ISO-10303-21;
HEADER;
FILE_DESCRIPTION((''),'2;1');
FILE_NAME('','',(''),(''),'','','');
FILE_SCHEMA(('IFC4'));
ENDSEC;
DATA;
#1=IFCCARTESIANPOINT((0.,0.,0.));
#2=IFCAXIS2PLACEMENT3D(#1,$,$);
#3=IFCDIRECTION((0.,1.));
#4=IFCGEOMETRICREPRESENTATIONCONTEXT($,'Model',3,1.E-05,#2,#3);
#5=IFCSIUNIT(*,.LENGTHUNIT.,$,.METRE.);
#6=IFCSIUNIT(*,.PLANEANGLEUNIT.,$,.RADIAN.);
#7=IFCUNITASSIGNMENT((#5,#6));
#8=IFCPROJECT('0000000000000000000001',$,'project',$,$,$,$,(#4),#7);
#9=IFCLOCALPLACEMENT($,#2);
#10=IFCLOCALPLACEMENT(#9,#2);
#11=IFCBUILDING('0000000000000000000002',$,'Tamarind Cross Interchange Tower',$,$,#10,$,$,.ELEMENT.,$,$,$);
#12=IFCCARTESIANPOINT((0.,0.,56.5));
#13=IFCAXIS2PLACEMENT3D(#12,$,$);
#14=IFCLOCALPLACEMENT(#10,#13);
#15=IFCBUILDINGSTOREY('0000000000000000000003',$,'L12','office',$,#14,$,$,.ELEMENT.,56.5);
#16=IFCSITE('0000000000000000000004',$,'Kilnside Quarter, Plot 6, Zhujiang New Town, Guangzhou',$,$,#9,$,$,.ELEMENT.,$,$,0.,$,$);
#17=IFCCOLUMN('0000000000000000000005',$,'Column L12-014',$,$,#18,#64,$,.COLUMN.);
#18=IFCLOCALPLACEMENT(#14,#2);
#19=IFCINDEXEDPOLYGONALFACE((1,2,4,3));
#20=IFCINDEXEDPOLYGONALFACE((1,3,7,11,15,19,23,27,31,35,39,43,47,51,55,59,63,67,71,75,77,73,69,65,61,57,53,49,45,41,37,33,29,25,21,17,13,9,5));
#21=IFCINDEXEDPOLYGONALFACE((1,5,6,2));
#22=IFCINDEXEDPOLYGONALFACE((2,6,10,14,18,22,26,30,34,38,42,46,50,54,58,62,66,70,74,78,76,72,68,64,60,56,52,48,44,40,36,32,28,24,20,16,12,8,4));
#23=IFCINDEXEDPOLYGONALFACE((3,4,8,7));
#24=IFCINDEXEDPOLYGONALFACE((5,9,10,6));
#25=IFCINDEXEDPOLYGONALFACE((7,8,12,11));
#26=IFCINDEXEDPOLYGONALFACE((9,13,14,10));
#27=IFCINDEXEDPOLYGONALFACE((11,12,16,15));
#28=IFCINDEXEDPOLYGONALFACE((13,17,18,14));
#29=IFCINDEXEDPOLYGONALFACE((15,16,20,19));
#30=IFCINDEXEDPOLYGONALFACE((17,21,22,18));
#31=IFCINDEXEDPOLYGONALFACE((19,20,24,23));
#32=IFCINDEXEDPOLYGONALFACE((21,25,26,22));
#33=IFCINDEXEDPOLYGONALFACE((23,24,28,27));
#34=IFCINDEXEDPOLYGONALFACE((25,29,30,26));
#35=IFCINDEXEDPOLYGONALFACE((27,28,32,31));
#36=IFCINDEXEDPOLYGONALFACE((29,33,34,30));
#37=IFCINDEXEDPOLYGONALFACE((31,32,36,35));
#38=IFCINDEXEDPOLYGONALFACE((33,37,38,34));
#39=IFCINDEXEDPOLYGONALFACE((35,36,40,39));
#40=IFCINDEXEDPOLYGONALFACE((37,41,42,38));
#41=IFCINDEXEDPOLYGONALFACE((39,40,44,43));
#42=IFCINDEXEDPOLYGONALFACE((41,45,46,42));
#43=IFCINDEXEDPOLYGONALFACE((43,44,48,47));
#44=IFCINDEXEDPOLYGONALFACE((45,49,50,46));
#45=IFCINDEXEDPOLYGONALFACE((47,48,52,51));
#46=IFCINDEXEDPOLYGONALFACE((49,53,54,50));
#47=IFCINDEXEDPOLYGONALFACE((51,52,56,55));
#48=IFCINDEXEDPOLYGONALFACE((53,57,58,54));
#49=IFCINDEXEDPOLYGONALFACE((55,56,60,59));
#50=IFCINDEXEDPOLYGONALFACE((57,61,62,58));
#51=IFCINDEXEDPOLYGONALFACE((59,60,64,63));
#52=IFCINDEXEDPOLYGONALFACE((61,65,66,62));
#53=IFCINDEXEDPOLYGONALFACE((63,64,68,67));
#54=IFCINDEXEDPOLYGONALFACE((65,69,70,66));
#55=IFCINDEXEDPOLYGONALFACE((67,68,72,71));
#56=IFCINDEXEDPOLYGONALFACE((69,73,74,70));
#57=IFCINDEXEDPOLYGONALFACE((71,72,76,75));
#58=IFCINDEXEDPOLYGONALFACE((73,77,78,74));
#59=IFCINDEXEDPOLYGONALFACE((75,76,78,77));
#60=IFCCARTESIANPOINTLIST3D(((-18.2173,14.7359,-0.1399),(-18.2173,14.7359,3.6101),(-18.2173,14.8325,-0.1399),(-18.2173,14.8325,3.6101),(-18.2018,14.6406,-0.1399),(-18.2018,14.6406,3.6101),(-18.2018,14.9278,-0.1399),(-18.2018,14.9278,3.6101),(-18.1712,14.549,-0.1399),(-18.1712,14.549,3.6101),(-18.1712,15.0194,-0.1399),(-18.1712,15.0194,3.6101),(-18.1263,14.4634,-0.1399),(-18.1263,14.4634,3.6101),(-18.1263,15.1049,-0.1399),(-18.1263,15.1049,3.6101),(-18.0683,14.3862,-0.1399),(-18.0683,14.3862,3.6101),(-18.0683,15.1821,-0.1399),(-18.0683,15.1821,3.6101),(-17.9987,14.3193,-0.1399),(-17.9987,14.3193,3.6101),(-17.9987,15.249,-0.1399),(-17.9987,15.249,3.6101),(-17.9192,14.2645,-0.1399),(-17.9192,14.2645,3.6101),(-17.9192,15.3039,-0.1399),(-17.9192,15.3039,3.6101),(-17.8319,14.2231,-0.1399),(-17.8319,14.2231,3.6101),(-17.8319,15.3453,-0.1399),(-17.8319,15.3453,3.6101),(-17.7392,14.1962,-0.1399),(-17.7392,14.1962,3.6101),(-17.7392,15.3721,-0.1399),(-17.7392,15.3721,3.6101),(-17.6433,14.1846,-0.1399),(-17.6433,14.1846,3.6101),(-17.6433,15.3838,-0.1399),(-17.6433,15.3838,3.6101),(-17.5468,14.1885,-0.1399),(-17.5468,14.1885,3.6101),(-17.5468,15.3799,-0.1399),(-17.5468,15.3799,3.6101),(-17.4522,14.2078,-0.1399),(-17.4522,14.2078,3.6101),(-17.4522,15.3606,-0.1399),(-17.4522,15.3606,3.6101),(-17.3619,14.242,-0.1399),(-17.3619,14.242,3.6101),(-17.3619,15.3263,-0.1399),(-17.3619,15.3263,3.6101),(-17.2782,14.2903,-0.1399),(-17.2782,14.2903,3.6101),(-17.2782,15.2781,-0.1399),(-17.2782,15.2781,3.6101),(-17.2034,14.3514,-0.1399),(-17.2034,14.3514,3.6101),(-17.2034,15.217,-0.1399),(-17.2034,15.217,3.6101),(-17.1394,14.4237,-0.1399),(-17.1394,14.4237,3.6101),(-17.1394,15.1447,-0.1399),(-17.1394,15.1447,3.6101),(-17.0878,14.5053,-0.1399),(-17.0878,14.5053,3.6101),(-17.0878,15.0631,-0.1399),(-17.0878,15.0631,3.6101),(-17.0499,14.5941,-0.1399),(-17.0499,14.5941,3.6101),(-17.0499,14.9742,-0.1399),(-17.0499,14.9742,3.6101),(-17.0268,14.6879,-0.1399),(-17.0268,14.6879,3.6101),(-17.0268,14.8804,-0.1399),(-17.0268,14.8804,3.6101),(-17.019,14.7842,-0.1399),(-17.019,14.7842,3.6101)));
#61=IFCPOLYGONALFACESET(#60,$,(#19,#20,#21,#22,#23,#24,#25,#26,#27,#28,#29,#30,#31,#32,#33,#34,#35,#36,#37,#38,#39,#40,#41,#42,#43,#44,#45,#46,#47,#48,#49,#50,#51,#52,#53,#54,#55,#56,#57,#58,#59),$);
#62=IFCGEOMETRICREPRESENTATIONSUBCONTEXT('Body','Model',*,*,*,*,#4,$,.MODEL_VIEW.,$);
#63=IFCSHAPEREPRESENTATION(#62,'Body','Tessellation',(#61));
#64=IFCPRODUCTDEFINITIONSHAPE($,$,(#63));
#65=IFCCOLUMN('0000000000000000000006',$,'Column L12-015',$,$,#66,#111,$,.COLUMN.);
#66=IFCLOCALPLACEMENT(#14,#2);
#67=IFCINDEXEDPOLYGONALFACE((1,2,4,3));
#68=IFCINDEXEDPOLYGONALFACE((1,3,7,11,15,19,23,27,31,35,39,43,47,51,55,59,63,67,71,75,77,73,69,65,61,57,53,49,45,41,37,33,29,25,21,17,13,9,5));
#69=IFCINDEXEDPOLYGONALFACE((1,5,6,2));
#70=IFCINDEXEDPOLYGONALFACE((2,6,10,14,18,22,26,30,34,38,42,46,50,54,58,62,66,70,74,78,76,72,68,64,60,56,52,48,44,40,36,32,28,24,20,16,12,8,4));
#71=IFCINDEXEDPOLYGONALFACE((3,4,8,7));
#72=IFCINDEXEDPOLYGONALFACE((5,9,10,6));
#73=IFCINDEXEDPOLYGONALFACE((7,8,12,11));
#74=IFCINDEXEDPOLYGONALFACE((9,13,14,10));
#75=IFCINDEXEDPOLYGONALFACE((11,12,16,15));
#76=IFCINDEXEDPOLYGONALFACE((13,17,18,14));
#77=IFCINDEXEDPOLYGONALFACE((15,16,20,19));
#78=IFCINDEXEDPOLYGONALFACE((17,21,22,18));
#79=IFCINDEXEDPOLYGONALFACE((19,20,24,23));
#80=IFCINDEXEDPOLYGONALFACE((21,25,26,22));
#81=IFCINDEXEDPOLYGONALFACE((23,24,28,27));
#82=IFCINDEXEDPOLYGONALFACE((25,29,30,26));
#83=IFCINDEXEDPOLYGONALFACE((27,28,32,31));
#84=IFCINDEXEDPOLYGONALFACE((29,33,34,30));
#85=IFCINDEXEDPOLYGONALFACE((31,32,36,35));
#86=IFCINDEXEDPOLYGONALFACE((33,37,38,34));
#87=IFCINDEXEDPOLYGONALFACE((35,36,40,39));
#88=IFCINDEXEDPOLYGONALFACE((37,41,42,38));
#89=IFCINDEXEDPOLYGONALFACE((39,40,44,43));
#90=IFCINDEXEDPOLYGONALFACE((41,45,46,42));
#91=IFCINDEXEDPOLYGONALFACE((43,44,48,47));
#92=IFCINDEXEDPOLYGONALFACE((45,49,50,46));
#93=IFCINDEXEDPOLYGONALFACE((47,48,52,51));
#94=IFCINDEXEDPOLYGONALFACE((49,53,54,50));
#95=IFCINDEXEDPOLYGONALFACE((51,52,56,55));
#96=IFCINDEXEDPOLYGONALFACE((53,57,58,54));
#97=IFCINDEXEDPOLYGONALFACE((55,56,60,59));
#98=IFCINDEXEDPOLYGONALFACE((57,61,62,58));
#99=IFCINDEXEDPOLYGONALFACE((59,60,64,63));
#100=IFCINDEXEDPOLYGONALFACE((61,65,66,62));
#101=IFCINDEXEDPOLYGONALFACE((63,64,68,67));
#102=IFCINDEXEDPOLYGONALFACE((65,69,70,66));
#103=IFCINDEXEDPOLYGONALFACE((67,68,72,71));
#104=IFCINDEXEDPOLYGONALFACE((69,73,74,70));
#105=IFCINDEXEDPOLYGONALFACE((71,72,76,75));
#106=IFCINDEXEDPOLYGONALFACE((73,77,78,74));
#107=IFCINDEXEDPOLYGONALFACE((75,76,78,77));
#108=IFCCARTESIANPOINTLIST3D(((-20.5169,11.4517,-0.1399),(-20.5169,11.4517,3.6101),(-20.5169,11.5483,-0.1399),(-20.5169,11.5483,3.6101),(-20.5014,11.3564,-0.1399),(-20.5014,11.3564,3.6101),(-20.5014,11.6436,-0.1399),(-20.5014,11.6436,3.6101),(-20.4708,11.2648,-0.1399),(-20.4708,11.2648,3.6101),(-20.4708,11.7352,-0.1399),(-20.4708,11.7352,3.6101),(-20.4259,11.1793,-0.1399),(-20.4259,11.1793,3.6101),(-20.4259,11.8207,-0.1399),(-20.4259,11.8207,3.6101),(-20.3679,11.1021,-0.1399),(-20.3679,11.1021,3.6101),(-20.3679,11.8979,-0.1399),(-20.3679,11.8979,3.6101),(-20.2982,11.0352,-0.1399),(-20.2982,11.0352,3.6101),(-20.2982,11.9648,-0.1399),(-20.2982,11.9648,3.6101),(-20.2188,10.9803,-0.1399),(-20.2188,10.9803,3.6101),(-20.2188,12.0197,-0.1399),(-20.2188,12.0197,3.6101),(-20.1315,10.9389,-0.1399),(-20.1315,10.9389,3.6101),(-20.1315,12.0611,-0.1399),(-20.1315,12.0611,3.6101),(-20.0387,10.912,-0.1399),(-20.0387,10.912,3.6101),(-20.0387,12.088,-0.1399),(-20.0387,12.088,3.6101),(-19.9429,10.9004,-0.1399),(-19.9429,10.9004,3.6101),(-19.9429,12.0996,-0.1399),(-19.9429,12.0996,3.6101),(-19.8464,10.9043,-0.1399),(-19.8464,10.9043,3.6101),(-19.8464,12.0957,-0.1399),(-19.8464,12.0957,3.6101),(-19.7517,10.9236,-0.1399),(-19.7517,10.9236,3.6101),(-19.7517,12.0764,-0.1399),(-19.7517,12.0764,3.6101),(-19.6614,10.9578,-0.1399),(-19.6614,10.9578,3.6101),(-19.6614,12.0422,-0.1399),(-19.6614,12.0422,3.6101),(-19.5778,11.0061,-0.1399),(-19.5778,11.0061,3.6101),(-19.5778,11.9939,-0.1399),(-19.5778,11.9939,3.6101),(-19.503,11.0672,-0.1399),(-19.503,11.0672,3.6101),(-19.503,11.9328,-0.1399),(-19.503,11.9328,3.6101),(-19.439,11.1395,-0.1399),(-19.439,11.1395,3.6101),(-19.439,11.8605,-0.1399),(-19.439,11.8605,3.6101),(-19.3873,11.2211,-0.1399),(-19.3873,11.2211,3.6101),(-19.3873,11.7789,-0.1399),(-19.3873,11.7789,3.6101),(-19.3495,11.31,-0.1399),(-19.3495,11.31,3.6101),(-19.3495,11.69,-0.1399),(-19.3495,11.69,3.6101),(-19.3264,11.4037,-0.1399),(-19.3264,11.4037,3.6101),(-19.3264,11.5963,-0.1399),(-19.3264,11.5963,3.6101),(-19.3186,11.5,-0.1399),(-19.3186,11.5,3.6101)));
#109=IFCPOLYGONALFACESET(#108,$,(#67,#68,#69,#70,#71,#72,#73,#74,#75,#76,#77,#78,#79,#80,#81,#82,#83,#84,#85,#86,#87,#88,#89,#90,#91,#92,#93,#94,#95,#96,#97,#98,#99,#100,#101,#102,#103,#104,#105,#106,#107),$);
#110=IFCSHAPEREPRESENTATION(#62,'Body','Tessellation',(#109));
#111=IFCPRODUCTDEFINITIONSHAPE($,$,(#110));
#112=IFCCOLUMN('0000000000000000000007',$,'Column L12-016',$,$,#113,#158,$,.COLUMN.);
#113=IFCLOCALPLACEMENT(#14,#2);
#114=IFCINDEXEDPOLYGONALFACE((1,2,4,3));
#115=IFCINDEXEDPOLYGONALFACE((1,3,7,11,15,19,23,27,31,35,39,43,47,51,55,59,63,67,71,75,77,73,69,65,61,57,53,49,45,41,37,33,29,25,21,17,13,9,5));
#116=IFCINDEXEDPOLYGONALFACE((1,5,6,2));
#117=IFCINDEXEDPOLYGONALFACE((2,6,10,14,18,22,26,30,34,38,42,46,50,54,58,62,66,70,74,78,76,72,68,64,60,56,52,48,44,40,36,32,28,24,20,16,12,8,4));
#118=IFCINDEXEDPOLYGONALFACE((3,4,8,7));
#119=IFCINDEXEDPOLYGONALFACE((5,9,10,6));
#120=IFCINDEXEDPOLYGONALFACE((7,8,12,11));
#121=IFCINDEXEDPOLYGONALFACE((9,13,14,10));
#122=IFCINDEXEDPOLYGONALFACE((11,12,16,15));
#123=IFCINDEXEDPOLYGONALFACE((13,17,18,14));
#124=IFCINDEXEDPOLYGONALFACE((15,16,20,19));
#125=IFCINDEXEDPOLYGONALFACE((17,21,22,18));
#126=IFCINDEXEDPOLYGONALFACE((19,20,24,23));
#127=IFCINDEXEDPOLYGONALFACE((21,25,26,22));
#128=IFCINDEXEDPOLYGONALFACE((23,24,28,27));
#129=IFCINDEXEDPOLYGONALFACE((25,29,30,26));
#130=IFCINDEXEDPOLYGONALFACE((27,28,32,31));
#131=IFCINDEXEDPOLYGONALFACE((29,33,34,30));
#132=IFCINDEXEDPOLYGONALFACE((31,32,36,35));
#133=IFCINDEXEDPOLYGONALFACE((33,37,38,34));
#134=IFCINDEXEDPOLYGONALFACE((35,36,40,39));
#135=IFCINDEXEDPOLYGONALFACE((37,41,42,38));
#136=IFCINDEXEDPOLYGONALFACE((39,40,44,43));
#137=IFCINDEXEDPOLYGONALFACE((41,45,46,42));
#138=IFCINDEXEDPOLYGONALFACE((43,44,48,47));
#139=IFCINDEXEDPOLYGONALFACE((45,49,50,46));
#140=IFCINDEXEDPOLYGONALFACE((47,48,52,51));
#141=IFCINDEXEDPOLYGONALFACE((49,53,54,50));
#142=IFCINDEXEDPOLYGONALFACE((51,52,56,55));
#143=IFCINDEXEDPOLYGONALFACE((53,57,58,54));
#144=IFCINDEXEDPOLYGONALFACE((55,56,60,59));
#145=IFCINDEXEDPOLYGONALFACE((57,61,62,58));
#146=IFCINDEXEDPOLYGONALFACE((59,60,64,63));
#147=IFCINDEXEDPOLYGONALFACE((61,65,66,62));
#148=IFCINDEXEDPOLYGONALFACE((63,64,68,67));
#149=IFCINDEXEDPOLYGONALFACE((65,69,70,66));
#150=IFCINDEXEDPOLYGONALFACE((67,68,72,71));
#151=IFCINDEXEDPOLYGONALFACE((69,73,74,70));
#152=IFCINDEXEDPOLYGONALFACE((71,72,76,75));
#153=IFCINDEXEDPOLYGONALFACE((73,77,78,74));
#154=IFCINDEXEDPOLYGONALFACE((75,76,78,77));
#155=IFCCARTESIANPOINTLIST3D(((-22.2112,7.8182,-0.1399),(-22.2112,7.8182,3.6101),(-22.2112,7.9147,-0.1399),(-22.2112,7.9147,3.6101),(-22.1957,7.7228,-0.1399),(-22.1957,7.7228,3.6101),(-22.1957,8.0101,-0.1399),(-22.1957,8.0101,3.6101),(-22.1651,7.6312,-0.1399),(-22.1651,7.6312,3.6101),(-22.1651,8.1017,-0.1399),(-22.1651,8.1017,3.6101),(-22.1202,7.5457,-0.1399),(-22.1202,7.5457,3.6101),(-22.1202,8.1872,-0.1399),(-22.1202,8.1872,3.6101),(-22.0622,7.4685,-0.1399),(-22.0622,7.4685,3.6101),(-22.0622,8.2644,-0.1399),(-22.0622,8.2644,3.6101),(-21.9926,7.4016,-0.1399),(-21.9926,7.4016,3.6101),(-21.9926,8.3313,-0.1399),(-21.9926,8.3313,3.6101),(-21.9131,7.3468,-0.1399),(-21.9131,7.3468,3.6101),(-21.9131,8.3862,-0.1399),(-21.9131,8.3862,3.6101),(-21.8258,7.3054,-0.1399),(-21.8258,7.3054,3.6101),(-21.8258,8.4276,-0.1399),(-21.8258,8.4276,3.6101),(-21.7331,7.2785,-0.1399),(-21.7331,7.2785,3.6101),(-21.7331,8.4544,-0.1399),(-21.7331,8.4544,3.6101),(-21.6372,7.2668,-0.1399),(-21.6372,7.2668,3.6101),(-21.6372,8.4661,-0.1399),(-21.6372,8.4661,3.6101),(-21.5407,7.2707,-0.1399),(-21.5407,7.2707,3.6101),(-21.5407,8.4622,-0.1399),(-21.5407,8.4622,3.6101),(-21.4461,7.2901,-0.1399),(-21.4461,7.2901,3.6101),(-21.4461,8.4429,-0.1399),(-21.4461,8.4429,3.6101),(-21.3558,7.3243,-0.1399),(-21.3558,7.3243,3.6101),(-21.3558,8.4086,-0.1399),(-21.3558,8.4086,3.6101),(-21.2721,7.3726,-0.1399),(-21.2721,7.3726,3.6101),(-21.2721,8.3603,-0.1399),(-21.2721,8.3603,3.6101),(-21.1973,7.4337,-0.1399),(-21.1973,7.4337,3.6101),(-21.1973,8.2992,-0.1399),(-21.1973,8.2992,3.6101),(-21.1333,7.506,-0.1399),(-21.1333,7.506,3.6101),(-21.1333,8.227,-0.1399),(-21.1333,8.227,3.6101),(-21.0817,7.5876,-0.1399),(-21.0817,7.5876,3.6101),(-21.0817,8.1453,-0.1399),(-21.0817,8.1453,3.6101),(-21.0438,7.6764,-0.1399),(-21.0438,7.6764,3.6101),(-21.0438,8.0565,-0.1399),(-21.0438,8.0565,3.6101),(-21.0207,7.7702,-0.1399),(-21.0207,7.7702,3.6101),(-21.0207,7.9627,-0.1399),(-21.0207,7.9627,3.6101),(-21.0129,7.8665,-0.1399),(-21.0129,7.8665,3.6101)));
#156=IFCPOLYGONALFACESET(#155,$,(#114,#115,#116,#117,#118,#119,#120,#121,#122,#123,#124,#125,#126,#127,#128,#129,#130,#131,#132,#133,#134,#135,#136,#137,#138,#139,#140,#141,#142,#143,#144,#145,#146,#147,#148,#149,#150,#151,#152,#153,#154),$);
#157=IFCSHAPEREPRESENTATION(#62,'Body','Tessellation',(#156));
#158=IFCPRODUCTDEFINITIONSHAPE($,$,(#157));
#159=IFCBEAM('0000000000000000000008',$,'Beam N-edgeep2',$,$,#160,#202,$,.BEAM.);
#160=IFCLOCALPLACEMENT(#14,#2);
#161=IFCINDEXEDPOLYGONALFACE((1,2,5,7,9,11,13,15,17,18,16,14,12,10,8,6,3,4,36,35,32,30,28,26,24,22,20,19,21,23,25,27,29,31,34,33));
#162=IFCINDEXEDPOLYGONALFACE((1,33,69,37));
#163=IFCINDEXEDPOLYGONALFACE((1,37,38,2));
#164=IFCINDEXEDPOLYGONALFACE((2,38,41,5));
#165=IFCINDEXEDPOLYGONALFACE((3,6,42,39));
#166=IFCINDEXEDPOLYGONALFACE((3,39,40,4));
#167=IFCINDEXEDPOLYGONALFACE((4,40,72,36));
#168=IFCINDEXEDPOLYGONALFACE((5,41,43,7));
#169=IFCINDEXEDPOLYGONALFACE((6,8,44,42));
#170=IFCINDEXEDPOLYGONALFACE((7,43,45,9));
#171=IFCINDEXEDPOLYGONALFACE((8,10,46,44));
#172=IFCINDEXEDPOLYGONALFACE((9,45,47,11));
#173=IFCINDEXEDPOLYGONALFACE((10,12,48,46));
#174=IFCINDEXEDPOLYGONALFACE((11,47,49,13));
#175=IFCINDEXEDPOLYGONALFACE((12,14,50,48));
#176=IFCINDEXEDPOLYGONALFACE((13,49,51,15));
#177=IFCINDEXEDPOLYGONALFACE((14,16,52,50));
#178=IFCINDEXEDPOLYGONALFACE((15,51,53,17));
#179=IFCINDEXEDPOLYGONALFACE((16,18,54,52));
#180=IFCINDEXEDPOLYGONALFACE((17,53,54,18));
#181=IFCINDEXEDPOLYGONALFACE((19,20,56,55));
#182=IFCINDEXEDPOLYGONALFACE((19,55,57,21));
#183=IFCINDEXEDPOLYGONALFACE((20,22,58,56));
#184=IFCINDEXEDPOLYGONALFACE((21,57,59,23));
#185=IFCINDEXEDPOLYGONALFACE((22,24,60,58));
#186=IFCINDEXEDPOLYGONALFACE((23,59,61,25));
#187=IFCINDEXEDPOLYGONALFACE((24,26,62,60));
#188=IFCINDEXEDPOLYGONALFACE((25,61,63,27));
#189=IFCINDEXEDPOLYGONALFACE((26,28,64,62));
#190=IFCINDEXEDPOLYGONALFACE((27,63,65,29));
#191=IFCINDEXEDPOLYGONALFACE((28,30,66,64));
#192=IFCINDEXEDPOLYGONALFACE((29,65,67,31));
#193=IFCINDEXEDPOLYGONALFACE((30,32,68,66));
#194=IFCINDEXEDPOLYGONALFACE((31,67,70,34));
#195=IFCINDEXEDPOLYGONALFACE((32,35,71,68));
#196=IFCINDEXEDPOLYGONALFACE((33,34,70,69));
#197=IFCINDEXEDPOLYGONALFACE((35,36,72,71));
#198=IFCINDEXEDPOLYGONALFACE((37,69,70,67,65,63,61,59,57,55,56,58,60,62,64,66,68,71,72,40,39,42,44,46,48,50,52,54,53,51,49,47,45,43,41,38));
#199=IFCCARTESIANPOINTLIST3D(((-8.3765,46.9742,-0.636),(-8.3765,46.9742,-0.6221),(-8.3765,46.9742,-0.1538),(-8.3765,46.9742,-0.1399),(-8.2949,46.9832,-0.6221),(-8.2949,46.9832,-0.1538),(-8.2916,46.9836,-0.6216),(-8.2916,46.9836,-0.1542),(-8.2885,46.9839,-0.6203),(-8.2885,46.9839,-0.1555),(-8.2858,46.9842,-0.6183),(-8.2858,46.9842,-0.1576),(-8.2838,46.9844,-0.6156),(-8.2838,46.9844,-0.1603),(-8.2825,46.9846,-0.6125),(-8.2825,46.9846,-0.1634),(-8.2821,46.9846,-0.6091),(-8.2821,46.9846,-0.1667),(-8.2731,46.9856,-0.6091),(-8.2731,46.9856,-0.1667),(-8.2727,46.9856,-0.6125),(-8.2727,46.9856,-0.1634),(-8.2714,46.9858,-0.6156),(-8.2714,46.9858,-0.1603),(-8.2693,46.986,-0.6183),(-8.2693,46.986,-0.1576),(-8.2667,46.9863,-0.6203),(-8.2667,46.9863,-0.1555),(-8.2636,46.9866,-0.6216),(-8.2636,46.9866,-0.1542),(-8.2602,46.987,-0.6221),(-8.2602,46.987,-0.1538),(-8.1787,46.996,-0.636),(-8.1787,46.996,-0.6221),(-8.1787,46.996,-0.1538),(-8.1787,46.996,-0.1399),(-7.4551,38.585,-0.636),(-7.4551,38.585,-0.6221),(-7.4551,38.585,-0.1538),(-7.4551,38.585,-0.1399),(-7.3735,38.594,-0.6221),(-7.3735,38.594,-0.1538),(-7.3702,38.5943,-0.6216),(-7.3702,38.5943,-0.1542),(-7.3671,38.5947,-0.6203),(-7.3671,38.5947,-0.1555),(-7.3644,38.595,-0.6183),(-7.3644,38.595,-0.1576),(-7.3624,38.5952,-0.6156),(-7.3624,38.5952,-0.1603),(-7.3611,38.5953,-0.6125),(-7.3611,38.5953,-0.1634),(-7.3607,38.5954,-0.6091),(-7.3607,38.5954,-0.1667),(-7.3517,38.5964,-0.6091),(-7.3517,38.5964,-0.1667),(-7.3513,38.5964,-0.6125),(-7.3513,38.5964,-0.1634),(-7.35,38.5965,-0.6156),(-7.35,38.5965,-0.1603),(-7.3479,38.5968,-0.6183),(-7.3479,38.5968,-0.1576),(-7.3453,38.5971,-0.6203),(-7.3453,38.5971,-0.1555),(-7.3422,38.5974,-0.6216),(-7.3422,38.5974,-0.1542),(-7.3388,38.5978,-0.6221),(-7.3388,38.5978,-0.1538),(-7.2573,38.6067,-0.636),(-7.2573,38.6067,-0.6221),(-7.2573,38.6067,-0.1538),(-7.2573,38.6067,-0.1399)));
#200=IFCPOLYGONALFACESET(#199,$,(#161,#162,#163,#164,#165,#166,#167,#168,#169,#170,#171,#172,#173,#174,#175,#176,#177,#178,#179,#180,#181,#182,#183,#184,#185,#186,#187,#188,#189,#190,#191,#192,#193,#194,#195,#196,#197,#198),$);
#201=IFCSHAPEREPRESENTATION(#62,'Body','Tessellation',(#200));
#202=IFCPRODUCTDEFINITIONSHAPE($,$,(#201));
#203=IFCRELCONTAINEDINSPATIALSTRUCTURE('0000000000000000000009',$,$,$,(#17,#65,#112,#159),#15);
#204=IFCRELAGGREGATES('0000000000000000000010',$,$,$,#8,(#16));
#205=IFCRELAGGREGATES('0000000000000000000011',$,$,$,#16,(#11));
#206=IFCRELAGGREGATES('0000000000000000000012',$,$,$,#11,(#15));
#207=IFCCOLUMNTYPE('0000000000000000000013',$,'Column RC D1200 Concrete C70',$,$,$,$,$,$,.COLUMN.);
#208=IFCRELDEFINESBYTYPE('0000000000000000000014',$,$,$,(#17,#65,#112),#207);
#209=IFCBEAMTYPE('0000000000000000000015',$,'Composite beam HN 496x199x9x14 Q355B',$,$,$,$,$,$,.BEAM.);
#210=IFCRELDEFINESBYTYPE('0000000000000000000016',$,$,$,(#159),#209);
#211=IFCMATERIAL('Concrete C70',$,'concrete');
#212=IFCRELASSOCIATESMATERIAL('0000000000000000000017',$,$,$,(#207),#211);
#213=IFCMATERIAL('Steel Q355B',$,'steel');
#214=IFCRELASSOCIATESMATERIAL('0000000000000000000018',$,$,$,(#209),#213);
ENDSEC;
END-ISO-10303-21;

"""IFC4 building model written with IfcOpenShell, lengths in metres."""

from ifc_helpers import new_model, si_unit, direction, frame, origin, origin_2d, place, context, subcontext, project, spatial, circle, i_section, extrude, material, material_profile, profile_set, type_object, element, save


model = new_model("IFC4")

# Units and contexts
model_context = context("Model", 3, precision=1e-05, world=origin(), true_north=direction((0.0, 1.0)))
body_context = subcontext(model_context, "Body", "Model", "MODEL_VIEW")
ifc_project = project(units=[si_unit("LENGTHUNIT", "METRE"), si_unit("PLANEANGLEUNIT", "RADIAN")], contexts=[model_context])

# Site, building, storey
site_placement = place(None, origin())
site = spatial("IfcSite", under=ifc_project, at=site_placement, Name="Kilnside Quarter, Plot 6, Zhujiang New Town, Guangzhou", CompositionType="ELEMENT", RefElevation=0.0)
building_placement = place(site_placement, origin())
building = spatial("IfcBuilding", under=site, at=building_placement, Name="Tamarind Cross Interchange Tower", CompositionType="ELEMENT")
storey_placement = place(building_placement, frame((0.0, 0.0, 56.5)))
storey = spatial("IfcBuildingStorey", under=building, at=storey_placement, Name="L12", Description="office", CompositionType="ELEMENT", Elevation=56.5)

# Columns
ifc_material_1 = material(Name="Concrete C70", Category="concrete")
ifc_material_profile_1 = material_profile(ifc_material_1, circle(Radius=0.6001, at=origin_2d()), Name="RC D1200")
ifc_profile_set_1 = profile_set([ifc_material_profile_1], Name="Concrete C70")
column_type_1 = type_object("IfcColumnType", Name="Column RC D1200 Concrete C70", PredefinedType="COLUMN", material=ifc_profile_set_1)
for number, where, z_axis, x_axis, name in (
    (1, (-17.6191, 14.7842, -0.1399), (0.0, 0.0, 1.0), (1.0, 0.0, 0.0), "Column L12-014"),
    (2, (-19.9187, 11.5, -0.1399), (0.0, 0.0, 1.0), (1.0, 0.0, 0.0), "Column L12-015"),
    (3, (-21.613, 7.8665, -0.1399), (0.0, 0.0, 1.0), (1.0, 0.0, 0.0), "Column L12-016"),
):
    element("IfcColumn", number, at=place(storey_placement, frame(where, z_axis=z_axis, x_axis=x_axis)), inside=storey, type_object=column_type_1, Name=name, PredefinedType="COLUMN", context=body_context, shape_type="SweptSolid", body=[
        extrude(circle(Radius=0.6001, at=origin_2d()), origin(), (0.0, 0.0, 1.0), 3.75),
    ])

# Beam
ifc_material_2 = material(Name="Steel Q355B", Category="steel")
ifc_material_profile_2 = material_profile(ifc_material_2, i_section(OverallWidth=0.199, OverallDepth=0.4961, WebThickness=0.009, FlangeThickness=0.0139, FilletRadius=0.0129, at=origin_2d()), Name="HN 496x199x9x14")
ifc_profile_set_2 = profile_set([ifc_material_profile_2], Name="Steel Q355B")
beam_type_1 = type_object("IfcBeamType", Name="Composite beam HN 496x199x9x14 Q355B", PredefinedType="BEAM", material=ifc_profile_set_2)
beam_1_placement = place(storey_placement, frame((-8.2776, 46.9851, -0.3879), z_axis=(0.109174, -0.994023, 0.0), x_axis=(0.994023, 0.109174, 0.0)))
element("IfcBeam", 4, at=beam_1_placement, inside=storey, type_object=beam_type_1, Name="Beam N-edgeep2", PredefinedType="BEAM", context=body_context, shape_type="SweptSolid", body=[
    extrude(i_section(OverallWidth=0.199, OverallDepth=0.4961, WebThickness=0.009, FlangeThickness=0.0139, FilletRadius=0.0129, at=origin_2d()), origin(), (0.0, 0.0, 1.0), 8.4397),
])

save(model, "model.ifc")
